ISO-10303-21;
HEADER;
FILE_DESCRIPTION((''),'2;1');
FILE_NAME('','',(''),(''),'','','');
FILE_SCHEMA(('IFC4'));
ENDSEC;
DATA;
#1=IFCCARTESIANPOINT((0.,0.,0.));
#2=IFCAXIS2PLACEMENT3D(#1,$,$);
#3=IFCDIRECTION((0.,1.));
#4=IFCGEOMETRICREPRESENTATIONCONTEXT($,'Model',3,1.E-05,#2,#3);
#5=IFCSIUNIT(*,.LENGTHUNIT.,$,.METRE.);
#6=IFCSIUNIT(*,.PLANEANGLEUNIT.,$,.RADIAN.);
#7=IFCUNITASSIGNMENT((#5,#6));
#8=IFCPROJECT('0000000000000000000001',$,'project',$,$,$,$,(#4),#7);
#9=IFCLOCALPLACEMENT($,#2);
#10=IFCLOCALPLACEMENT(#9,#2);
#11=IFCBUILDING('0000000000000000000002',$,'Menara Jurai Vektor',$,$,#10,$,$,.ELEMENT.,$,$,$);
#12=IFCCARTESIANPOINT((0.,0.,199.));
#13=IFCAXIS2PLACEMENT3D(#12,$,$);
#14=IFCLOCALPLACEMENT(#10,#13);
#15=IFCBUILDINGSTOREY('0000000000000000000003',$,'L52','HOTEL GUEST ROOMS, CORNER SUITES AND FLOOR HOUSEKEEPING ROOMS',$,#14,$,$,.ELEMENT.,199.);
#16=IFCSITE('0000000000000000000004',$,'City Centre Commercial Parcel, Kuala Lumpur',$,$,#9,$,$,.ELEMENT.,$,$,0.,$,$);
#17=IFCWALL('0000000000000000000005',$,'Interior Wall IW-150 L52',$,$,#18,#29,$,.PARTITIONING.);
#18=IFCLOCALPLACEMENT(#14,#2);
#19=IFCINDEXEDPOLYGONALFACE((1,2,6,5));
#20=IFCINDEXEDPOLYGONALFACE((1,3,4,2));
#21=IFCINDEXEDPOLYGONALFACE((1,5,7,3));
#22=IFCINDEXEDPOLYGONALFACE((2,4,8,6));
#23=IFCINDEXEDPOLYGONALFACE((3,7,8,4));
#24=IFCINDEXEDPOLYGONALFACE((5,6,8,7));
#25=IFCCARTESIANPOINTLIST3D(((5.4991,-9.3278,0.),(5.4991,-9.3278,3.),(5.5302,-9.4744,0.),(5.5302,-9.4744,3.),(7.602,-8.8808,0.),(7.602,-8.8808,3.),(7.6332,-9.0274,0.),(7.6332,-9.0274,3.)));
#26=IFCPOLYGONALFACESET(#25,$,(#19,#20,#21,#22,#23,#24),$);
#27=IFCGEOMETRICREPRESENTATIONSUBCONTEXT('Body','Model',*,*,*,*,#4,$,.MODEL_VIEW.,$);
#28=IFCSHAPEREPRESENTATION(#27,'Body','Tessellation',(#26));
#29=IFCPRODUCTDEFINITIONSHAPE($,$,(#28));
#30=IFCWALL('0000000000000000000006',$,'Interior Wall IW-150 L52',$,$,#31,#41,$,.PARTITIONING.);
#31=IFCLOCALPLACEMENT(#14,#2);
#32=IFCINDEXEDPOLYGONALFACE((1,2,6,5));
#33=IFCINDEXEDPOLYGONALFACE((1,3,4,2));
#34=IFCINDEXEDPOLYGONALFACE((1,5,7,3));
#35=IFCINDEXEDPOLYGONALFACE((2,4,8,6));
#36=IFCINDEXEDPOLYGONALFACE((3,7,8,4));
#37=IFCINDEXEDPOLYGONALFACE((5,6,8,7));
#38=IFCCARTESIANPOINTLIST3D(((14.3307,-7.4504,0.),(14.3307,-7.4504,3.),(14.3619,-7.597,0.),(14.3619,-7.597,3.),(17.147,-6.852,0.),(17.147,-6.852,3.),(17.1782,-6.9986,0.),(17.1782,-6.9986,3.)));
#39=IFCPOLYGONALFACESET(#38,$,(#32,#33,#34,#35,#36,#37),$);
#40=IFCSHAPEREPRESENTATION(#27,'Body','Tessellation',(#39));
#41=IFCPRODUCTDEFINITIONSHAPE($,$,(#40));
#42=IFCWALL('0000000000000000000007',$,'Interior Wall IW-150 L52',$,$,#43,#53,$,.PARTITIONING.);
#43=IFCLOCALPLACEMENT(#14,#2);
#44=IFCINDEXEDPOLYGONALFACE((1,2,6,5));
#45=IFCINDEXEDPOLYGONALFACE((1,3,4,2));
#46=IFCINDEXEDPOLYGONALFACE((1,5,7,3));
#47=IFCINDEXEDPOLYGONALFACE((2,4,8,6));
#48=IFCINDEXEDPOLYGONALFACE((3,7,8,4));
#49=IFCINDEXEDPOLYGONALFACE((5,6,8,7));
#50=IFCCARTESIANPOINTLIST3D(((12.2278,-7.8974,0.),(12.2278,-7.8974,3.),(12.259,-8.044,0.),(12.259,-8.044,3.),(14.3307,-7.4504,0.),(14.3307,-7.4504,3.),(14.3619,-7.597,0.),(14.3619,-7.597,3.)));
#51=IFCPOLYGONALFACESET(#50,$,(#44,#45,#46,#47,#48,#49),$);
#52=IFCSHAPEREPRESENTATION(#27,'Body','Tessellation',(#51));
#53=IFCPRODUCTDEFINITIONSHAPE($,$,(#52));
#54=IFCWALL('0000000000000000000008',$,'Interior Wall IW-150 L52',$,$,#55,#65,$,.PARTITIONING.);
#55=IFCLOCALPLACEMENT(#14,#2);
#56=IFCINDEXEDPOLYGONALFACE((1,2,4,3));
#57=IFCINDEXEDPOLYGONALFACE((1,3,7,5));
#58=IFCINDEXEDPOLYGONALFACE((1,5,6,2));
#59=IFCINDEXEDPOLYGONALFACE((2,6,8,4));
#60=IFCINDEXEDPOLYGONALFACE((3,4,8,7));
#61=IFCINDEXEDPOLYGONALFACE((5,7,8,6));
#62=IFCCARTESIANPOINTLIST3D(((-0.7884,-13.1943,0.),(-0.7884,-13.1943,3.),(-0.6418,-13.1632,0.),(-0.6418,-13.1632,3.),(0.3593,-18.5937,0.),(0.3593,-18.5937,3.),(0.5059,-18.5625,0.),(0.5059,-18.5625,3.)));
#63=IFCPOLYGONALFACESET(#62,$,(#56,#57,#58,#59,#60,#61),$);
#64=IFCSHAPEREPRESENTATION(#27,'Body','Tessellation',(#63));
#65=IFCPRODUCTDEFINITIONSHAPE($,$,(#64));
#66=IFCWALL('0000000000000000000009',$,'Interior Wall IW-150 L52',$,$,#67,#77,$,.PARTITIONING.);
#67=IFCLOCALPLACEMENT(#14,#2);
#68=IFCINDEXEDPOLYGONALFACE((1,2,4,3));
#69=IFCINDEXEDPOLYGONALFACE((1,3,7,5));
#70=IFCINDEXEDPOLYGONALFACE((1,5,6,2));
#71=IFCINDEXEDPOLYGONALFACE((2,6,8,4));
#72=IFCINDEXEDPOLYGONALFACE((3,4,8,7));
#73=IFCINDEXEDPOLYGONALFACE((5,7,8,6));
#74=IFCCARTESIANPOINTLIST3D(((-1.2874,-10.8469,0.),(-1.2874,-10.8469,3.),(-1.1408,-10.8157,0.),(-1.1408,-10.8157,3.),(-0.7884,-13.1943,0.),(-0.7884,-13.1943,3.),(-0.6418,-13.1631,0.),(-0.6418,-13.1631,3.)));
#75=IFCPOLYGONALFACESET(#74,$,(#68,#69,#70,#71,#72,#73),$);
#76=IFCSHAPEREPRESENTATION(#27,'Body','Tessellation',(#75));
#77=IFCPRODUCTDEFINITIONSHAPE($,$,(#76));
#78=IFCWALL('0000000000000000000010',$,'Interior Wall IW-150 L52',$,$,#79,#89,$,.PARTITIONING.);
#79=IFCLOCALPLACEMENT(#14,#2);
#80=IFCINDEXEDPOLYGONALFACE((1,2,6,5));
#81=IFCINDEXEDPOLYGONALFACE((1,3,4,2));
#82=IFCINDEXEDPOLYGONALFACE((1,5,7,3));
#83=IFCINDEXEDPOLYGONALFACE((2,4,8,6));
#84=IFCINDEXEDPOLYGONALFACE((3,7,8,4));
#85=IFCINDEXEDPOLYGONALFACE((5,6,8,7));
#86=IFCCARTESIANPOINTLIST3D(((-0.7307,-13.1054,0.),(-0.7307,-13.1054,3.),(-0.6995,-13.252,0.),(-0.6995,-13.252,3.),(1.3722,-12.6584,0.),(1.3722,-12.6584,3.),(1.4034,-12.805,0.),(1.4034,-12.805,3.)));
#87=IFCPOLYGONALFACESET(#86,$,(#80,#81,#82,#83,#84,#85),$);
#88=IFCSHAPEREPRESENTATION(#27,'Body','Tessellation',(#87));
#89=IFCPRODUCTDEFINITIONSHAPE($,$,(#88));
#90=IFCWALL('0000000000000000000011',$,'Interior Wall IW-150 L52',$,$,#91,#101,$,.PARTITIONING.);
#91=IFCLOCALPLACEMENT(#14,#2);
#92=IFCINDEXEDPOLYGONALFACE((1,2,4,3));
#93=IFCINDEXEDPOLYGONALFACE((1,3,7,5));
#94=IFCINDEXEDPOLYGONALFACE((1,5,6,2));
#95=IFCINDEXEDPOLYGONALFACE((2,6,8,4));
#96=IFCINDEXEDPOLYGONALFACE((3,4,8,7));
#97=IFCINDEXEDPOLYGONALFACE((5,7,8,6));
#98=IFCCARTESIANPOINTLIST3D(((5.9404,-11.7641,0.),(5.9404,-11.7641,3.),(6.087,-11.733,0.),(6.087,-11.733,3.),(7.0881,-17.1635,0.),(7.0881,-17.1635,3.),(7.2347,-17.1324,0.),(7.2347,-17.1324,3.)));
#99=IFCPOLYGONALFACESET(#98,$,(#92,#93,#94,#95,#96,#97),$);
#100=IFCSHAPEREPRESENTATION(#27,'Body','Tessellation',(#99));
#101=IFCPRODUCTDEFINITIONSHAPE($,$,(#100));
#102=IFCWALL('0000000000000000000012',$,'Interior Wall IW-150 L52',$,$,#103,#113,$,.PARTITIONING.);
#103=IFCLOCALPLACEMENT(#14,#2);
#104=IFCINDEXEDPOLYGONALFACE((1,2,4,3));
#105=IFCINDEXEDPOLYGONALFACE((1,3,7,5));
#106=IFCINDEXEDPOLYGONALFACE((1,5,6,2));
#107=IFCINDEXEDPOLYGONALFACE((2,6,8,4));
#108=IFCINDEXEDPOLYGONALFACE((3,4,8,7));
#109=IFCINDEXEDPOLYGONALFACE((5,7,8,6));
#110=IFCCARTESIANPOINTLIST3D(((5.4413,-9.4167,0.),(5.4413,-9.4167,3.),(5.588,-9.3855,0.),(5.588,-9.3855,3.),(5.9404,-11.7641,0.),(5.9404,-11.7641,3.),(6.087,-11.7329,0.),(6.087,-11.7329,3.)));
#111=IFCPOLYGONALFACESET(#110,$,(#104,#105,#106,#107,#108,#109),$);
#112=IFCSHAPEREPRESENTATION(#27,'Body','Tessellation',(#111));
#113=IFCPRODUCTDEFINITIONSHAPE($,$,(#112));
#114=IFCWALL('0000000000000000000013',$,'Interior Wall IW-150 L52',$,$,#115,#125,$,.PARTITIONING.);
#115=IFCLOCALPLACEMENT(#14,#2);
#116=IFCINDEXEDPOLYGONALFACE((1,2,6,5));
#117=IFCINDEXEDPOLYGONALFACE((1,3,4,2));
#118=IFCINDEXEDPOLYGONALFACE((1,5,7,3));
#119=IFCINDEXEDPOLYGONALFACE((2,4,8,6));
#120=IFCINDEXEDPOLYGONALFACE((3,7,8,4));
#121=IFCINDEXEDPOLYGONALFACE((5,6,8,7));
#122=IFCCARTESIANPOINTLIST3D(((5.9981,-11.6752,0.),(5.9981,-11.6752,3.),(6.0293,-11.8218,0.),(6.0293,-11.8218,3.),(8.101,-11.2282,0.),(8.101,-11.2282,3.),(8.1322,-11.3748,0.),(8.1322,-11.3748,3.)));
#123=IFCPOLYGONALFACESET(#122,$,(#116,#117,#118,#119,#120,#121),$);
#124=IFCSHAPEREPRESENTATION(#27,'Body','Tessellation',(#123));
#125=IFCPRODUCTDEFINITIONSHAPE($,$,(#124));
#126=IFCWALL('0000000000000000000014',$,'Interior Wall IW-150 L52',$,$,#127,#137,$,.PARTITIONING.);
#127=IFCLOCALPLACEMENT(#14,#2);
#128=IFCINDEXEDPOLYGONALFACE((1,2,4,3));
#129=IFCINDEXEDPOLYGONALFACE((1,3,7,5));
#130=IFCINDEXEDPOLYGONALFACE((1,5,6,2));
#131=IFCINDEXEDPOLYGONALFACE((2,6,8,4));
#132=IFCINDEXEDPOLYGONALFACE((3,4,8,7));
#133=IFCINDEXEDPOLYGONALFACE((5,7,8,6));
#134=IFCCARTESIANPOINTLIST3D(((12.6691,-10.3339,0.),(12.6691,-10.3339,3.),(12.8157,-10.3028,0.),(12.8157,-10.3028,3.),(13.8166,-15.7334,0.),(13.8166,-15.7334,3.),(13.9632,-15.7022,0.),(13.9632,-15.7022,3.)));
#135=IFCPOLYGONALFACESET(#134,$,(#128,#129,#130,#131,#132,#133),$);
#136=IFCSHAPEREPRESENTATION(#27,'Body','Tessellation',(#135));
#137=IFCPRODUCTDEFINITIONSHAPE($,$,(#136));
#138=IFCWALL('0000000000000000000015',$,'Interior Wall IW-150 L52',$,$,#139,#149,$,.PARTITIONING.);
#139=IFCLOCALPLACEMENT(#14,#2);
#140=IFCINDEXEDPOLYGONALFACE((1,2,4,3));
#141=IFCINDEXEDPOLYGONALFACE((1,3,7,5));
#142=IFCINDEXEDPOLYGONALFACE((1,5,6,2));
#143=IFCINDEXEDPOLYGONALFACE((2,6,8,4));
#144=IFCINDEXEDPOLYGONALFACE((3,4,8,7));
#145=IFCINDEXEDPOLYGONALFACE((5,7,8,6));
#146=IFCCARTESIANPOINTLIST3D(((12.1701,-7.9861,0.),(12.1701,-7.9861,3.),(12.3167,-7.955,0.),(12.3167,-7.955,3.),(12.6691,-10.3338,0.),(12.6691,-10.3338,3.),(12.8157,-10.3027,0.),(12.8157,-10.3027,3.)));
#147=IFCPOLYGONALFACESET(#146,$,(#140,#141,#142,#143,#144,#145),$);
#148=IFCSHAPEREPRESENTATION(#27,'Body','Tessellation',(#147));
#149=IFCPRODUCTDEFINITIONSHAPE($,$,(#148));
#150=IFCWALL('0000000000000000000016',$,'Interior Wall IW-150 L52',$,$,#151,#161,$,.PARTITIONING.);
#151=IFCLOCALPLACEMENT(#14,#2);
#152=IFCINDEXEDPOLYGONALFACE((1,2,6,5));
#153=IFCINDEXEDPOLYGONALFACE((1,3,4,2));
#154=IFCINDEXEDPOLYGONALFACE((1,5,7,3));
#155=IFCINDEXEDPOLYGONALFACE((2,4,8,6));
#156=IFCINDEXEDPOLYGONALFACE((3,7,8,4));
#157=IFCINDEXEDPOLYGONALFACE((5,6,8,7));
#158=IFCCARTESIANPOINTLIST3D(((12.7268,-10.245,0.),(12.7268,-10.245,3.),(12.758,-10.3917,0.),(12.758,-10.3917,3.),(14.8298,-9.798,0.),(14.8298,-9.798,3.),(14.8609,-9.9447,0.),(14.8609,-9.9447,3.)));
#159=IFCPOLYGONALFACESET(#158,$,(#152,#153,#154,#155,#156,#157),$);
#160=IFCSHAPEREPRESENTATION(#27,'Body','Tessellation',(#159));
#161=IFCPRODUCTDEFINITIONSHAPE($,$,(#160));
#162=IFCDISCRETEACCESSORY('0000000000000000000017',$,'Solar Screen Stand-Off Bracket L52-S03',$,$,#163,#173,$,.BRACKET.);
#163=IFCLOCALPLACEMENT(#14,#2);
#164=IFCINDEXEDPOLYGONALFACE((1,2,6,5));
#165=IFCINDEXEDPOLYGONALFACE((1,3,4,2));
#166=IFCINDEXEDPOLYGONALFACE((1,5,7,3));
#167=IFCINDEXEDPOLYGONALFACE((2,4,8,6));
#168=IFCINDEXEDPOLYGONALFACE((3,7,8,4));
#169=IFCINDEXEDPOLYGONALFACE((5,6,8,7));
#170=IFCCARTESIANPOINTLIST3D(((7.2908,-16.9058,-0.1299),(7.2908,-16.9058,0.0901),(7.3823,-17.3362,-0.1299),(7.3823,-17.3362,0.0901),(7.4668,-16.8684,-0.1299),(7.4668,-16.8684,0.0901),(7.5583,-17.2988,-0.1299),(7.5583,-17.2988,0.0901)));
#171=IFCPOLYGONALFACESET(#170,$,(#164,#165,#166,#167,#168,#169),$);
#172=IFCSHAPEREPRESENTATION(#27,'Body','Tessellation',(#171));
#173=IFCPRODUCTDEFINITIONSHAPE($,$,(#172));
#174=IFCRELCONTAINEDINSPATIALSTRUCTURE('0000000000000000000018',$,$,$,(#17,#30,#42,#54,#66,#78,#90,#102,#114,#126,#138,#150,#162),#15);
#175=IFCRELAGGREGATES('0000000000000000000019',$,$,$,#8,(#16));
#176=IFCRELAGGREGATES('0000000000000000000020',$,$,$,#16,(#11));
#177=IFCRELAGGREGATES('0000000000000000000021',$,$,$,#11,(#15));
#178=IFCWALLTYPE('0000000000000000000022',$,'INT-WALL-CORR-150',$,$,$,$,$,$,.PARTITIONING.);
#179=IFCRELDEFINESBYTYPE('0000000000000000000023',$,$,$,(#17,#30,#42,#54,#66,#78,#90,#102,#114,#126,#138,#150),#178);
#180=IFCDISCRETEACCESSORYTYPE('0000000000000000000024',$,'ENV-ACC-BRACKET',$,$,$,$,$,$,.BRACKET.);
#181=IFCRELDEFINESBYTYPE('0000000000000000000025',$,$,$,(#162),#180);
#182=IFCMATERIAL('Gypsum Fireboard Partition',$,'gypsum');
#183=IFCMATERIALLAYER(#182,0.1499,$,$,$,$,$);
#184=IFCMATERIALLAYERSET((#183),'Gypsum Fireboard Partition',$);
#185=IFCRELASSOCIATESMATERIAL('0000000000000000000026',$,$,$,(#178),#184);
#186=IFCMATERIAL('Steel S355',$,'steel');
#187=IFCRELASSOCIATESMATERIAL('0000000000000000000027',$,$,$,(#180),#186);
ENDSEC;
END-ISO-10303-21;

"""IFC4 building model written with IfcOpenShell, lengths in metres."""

from ifc_helpers import new_model, si_unit, direction, frame, frame_2d, origin, origin_2d, place, context, subcontext, project, spatial, rectangle, extrude, material, layer, layer_set, type_object, element, save


model = new_model("IFC4")

# Units and contexts
model_context = context("Model", 3, precision=1e-05, world=origin(), true_north=direction((0.0, 1.0)))
body_context = subcontext(model_context, "Body", "Model", "MODEL_VIEW")
ifc_project = project(units=[si_unit("LENGTHUNIT", "METRE"), si_unit("PLANEANGLEUNIT", "RADIAN")], contexts=[model_context])

# Site, building, storey
site_placement = place(None, origin())
site = spatial("IfcSite", under=ifc_project, at=site_placement, Name="City Centre Commercial Parcel, Kuala Lumpur", CompositionType="ELEMENT", RefElevation=0.0)
building_placement = place(site_placement, origin())
building = spatial("IfcBuilding", under=site, at=building_placement, Name="Menara Jurai Vektor", CompositionType="ELEMENT")
storey_placement = place(building_placement, frame((0.0, 0.0, 199.0)))
storey = spatial("IfcBuildingStorey", under=building, at=storey_placement, Name="L52", Description="HOTEL GUEST ROOMS, CORNER SUITES AND FLOOR HOUSEKEEPING ROOMS", CompositionType="ELEMENT", Elevation=199.0)

# Shared definitions
ifc_material_1 = material(Name="Steel S355", Category="steel")

# Shared definitions
ifc_material_2 = material(Name="Gypsum Fireboard Partition", Category="gypsum")
ifc_layer_1 = layer(ifc_material_2, 0.1499)
ifc_layer_set_1 = layer_set([ifc_layer_1], Name="Gypsum Fireboard Partition")
wall_type = type_object("IfcWallType", Name="INT-WALL-CORR-150", PredefinedType="PARTITIONING", material=ifc_layer_set_1)

# Walls
wall_1_placement = place(storey_placement, frame((5.5146, -9.4011, 0.0), z_axis=(0.0, 0.0, 1.0), x_axis=(0.978147, 0.207916, 0.0)))
element("IfcWall", 1, at=wall_1_placement, inside=storey, type_object=wall_type, Name="Interior Wall IW-150 L52", PredefinedType="PARTITIONING", context=body_context, shape_type="SweptSolid", body=[
    extrude(rectangle(XDim=2.1499, YDim=0.1499, at=frame_2d((1.075, 0.0))), origin(), (0.0, 0.0, 1.0), 3.0),
])
wall_2_placement = place(storey_placement, frame((14.3464, -7.5237, 0.0), z_axis=(0.0, 0.0, 1.0), x_axis=(0.978162, 0.207844, 0.0)))
element("IfcWall", 2, at=wall_2_placement, inside=storey, type_object=wall_type, Name="Interior Wall IW-150 L52", PredefinedType="PARTITIONING", context=body_context, shape_type="SweptSolid", body=[
    extrude(rectangle(XDim=2.8792, YDim=0.1499, at=frame_2d((1.4395, 0.0))), origin(), (0.0, 0.0, 1.0), 3.0),
])
wall_3_placement = place(storey_placement, frame((12.2434, -7.9707, 0.0), z_axis=(0.0, 0.0, 1.0), x_axis=(0.978147, 0.207916, 0.0)))
element("IfcWall", 3, at=wall_3_placement, inside=storey, type_object=wall_type, Name="Interior Wall IW-150 L52", PredefinedType="PARTITIONING", context=body_context, shape_type="SweptSolid", body=[
    extrude(rectangle(XDim=2.1499, YDim=0.1499, at=frame_2d((1.075, 0.0))), origin(), (0.0, 0.0, 1.0), 3.0),
])
wall_4_placement = place(storey_placement, frame((0.4326, -18.5781, 0.0), z_axis=(0.0, 0.0, 1.0), x_axis=(-0.207916, 0.978147, 0.0)))
element("IfcWall", 4, at=wall_4_placement, inside=storey, type_object=wall_type, Name="Interior Wall IW-150 L52", PredefinedType="PARTITIONING", context=body_context, shape_type="SweptSolid", body=[
    extrude(rectangle(XDim=5.52, YDim=0.1499, at=frame_2d((2.76, 0.0))), origin(), (0.0, 0.0, 1.0), 3.0),
])
wall_5_placement = place(storey_placement, frame((-0.7151, -13.1787, 0.0), z_axis=(0.0, 0.0, 1.0), x_axis=(-0.207938, 0.978142, 0.0)))
element("IfcWall", 5, at=wall_5_placement, inside=storey, type_object=wall_type, Name="Interior Wall IW-150 L52", PredefinedType="PARTITIONING", context=body_context, shape_type="SweptSolid", body=[
    extrude(rectangle(XDim=2.3999, YDim=0.1499, at=frame_2d((1.2, 0.0))), origin(), (0.0, 0.0, 1.0), 3.0),
])
wall_6_placement = place(storey_placement, frame((-0.7151, -13.1787, 0.0), z_axis=(0.0, 0.0, 1.0), x_axis=(0.978147, 0.207916, 0.0)))
element("IfcWall", 6, at=wall_6_placement, inside=storey, type_object=wall_type, Name="Interior Wall IW-150 L52", PredefinedType="PARTITIONING", context=body_context, shape_type="SweptSolid", body=[
    extrude(rectangle(XDim=2.1499, YDim=0.1499, at=frame_2d((1.075, 0.0))), origin(), (0.0, 0.0, 1.0), 3.0),
])

# Walls
wall_7_placement = place(storey_placement, frame((7.1614, -17.1479, 0.0), z_axis=(0.0, 0.0, 1.0), x_axis=(-0.207916, 0.978147, 0.0)))
element("IfcWall", 7, at=wall_7_placement, inside=storey, type_object=wall_type, Name="Interior Wall IW-150 L52", PredefinedType="PARTITIONING", context=body_context, shape_type="SweptSolid", body=[
    extrude(rectangle(XDim=5.52, YDim=0.1499, at=frame_2d((2.76, 0.0))), origin(), (0.0, 0.0, 1.0), 3.0),
])
wall_8_placement = place(storey_placement, frame((6.0137, -11.7485, 0.0), z_axis=(0.0, 0.0, 1.0), x_axis=(-0.207938, 0.978142, 0.0)))
element("IfcWall", 8, at=wall_8_placement, inside=storey, type_object=wall_type, Name="Interior Wall IW-150 L52", PredefinedType="PARTITIONING", context=body_context, shape_type="SweptSolid", body=[
    extrude(rectangle(XDim=2.3999, YDim=0.1499, at=frame_2d((1.2, 0.0))), origin(), (0.0, 0.0, 1.0), 3.0),
])
wall_9_placement = place(storey_placement, frame((6.0137, -11.7485, 0.0), z_axis=(0.0, 0.0, 1.0), x_axis=(0.978147, 0.207916, 0.0)))
element("IfcWall", 9, at=wall_9_placement, inside=storey, type_object=wall_type, Name="Interior Wall IW-150 L52", PredefinedType="PARTITIONING", context=body_context, shape_type="SweptSolid", body=[
    extrude(rectangle(XDim=2.1499, YDim=0.1499, at=frame_2d((1.075, 0.0))), origin(), (0.0, 0.0, 1.0), 3.0),
])

# Walls
wall_10_placement = place(storey_placement, frame((13.8899, -15.7178, 0.0), z_axis=(0.0, 0.0, 1.0), x_axis=(-0.207874, 0.978156, 0.0)))
element("IfcWall", 10, at=wall_10_placement, inside=storey, type_object=wall_type, Name="Interior Wall IW-150 L52", PredefinedType="PARTITIONING", context=body_context, shape_type="SweptSolid", body=[
    extrude(rectangle(XDim=5.52, YDim=0.1499, at=frame_2d((2.76, 0.0))), origin(), (0.0, 0.0, 1.0), 3.0),
])
wall_11_placement = place(storey_placement, frame((12.7424, -10.3184, 0.0), z_axis=(0.0, 0.0, 1.0), x_axis=(-0.207917, 0.978146, 0.0)))
element("IfcWall", 11, at=wall_11_placement, inside=storey, type_object=wall_type, Name="Interior Wall IW-150 L52", PredefinedType="PARTITIONING", context=body_context, shape_type="SweptSolid", body=[
    extrude(rectangle(XDim=2.4001, YDim=0.1499, at=frame_2d((1.2002, 0.0))), origin(), (0.0, 0.0, 1.0), 3.0),
])
wall_12_placement = place(storey_placement, frame((12.7424, -10.3184, 0.0), z_axis=(0.0, 0.0, 1.0), x_axis=(0.978147, 0.207916, 0.0)))
element("IfcWall", 12, at=wall_12_placement, inside=storey, type_object=wall_type, Name="Interior Wall IW-150 L52", PredefinedType="PARTITIONING", context=body_context, shape_type="SweptSolid", body=[
    extrude(rectangle(XDim=2.1499, YDim=0.1499, at=frame_2d((1.075, 0.0))), origin(), (0.0, 0.0, 1.0), 3.0),
])

# Discrete accessory
discrete_accessory_type = type_object("IfcDiscreteAccessoryType", Name="ENV-ACC-BRACKET", PredefinedType="BRACKET", material=ifc_material_1)
discrete_accessory_placement = place(storey_placement, frame((7.4246, -17.1023, -0.1299), z_axis=(0.0, 0.0, 1.0), x_axis=(0.978148, 0.207912, 0.0)))
element("IfcDiscreteAccessory", 13, at=discrete_accessory_placement, inside=storey, type_object=discrete_accessory_type, Name="Solar Screen Stand-Off Bracket L52-S03", PredefinedType="BRACKET", context=body_context, shape_type="SweptSolid", body=[
    extrude(rectangle(XDim=0.1799, YDim=0.4399, at=origin_2d()), origin(), (0.0, 0.0, 1.0), 0.22),
])

save(model, "model.ifc")
